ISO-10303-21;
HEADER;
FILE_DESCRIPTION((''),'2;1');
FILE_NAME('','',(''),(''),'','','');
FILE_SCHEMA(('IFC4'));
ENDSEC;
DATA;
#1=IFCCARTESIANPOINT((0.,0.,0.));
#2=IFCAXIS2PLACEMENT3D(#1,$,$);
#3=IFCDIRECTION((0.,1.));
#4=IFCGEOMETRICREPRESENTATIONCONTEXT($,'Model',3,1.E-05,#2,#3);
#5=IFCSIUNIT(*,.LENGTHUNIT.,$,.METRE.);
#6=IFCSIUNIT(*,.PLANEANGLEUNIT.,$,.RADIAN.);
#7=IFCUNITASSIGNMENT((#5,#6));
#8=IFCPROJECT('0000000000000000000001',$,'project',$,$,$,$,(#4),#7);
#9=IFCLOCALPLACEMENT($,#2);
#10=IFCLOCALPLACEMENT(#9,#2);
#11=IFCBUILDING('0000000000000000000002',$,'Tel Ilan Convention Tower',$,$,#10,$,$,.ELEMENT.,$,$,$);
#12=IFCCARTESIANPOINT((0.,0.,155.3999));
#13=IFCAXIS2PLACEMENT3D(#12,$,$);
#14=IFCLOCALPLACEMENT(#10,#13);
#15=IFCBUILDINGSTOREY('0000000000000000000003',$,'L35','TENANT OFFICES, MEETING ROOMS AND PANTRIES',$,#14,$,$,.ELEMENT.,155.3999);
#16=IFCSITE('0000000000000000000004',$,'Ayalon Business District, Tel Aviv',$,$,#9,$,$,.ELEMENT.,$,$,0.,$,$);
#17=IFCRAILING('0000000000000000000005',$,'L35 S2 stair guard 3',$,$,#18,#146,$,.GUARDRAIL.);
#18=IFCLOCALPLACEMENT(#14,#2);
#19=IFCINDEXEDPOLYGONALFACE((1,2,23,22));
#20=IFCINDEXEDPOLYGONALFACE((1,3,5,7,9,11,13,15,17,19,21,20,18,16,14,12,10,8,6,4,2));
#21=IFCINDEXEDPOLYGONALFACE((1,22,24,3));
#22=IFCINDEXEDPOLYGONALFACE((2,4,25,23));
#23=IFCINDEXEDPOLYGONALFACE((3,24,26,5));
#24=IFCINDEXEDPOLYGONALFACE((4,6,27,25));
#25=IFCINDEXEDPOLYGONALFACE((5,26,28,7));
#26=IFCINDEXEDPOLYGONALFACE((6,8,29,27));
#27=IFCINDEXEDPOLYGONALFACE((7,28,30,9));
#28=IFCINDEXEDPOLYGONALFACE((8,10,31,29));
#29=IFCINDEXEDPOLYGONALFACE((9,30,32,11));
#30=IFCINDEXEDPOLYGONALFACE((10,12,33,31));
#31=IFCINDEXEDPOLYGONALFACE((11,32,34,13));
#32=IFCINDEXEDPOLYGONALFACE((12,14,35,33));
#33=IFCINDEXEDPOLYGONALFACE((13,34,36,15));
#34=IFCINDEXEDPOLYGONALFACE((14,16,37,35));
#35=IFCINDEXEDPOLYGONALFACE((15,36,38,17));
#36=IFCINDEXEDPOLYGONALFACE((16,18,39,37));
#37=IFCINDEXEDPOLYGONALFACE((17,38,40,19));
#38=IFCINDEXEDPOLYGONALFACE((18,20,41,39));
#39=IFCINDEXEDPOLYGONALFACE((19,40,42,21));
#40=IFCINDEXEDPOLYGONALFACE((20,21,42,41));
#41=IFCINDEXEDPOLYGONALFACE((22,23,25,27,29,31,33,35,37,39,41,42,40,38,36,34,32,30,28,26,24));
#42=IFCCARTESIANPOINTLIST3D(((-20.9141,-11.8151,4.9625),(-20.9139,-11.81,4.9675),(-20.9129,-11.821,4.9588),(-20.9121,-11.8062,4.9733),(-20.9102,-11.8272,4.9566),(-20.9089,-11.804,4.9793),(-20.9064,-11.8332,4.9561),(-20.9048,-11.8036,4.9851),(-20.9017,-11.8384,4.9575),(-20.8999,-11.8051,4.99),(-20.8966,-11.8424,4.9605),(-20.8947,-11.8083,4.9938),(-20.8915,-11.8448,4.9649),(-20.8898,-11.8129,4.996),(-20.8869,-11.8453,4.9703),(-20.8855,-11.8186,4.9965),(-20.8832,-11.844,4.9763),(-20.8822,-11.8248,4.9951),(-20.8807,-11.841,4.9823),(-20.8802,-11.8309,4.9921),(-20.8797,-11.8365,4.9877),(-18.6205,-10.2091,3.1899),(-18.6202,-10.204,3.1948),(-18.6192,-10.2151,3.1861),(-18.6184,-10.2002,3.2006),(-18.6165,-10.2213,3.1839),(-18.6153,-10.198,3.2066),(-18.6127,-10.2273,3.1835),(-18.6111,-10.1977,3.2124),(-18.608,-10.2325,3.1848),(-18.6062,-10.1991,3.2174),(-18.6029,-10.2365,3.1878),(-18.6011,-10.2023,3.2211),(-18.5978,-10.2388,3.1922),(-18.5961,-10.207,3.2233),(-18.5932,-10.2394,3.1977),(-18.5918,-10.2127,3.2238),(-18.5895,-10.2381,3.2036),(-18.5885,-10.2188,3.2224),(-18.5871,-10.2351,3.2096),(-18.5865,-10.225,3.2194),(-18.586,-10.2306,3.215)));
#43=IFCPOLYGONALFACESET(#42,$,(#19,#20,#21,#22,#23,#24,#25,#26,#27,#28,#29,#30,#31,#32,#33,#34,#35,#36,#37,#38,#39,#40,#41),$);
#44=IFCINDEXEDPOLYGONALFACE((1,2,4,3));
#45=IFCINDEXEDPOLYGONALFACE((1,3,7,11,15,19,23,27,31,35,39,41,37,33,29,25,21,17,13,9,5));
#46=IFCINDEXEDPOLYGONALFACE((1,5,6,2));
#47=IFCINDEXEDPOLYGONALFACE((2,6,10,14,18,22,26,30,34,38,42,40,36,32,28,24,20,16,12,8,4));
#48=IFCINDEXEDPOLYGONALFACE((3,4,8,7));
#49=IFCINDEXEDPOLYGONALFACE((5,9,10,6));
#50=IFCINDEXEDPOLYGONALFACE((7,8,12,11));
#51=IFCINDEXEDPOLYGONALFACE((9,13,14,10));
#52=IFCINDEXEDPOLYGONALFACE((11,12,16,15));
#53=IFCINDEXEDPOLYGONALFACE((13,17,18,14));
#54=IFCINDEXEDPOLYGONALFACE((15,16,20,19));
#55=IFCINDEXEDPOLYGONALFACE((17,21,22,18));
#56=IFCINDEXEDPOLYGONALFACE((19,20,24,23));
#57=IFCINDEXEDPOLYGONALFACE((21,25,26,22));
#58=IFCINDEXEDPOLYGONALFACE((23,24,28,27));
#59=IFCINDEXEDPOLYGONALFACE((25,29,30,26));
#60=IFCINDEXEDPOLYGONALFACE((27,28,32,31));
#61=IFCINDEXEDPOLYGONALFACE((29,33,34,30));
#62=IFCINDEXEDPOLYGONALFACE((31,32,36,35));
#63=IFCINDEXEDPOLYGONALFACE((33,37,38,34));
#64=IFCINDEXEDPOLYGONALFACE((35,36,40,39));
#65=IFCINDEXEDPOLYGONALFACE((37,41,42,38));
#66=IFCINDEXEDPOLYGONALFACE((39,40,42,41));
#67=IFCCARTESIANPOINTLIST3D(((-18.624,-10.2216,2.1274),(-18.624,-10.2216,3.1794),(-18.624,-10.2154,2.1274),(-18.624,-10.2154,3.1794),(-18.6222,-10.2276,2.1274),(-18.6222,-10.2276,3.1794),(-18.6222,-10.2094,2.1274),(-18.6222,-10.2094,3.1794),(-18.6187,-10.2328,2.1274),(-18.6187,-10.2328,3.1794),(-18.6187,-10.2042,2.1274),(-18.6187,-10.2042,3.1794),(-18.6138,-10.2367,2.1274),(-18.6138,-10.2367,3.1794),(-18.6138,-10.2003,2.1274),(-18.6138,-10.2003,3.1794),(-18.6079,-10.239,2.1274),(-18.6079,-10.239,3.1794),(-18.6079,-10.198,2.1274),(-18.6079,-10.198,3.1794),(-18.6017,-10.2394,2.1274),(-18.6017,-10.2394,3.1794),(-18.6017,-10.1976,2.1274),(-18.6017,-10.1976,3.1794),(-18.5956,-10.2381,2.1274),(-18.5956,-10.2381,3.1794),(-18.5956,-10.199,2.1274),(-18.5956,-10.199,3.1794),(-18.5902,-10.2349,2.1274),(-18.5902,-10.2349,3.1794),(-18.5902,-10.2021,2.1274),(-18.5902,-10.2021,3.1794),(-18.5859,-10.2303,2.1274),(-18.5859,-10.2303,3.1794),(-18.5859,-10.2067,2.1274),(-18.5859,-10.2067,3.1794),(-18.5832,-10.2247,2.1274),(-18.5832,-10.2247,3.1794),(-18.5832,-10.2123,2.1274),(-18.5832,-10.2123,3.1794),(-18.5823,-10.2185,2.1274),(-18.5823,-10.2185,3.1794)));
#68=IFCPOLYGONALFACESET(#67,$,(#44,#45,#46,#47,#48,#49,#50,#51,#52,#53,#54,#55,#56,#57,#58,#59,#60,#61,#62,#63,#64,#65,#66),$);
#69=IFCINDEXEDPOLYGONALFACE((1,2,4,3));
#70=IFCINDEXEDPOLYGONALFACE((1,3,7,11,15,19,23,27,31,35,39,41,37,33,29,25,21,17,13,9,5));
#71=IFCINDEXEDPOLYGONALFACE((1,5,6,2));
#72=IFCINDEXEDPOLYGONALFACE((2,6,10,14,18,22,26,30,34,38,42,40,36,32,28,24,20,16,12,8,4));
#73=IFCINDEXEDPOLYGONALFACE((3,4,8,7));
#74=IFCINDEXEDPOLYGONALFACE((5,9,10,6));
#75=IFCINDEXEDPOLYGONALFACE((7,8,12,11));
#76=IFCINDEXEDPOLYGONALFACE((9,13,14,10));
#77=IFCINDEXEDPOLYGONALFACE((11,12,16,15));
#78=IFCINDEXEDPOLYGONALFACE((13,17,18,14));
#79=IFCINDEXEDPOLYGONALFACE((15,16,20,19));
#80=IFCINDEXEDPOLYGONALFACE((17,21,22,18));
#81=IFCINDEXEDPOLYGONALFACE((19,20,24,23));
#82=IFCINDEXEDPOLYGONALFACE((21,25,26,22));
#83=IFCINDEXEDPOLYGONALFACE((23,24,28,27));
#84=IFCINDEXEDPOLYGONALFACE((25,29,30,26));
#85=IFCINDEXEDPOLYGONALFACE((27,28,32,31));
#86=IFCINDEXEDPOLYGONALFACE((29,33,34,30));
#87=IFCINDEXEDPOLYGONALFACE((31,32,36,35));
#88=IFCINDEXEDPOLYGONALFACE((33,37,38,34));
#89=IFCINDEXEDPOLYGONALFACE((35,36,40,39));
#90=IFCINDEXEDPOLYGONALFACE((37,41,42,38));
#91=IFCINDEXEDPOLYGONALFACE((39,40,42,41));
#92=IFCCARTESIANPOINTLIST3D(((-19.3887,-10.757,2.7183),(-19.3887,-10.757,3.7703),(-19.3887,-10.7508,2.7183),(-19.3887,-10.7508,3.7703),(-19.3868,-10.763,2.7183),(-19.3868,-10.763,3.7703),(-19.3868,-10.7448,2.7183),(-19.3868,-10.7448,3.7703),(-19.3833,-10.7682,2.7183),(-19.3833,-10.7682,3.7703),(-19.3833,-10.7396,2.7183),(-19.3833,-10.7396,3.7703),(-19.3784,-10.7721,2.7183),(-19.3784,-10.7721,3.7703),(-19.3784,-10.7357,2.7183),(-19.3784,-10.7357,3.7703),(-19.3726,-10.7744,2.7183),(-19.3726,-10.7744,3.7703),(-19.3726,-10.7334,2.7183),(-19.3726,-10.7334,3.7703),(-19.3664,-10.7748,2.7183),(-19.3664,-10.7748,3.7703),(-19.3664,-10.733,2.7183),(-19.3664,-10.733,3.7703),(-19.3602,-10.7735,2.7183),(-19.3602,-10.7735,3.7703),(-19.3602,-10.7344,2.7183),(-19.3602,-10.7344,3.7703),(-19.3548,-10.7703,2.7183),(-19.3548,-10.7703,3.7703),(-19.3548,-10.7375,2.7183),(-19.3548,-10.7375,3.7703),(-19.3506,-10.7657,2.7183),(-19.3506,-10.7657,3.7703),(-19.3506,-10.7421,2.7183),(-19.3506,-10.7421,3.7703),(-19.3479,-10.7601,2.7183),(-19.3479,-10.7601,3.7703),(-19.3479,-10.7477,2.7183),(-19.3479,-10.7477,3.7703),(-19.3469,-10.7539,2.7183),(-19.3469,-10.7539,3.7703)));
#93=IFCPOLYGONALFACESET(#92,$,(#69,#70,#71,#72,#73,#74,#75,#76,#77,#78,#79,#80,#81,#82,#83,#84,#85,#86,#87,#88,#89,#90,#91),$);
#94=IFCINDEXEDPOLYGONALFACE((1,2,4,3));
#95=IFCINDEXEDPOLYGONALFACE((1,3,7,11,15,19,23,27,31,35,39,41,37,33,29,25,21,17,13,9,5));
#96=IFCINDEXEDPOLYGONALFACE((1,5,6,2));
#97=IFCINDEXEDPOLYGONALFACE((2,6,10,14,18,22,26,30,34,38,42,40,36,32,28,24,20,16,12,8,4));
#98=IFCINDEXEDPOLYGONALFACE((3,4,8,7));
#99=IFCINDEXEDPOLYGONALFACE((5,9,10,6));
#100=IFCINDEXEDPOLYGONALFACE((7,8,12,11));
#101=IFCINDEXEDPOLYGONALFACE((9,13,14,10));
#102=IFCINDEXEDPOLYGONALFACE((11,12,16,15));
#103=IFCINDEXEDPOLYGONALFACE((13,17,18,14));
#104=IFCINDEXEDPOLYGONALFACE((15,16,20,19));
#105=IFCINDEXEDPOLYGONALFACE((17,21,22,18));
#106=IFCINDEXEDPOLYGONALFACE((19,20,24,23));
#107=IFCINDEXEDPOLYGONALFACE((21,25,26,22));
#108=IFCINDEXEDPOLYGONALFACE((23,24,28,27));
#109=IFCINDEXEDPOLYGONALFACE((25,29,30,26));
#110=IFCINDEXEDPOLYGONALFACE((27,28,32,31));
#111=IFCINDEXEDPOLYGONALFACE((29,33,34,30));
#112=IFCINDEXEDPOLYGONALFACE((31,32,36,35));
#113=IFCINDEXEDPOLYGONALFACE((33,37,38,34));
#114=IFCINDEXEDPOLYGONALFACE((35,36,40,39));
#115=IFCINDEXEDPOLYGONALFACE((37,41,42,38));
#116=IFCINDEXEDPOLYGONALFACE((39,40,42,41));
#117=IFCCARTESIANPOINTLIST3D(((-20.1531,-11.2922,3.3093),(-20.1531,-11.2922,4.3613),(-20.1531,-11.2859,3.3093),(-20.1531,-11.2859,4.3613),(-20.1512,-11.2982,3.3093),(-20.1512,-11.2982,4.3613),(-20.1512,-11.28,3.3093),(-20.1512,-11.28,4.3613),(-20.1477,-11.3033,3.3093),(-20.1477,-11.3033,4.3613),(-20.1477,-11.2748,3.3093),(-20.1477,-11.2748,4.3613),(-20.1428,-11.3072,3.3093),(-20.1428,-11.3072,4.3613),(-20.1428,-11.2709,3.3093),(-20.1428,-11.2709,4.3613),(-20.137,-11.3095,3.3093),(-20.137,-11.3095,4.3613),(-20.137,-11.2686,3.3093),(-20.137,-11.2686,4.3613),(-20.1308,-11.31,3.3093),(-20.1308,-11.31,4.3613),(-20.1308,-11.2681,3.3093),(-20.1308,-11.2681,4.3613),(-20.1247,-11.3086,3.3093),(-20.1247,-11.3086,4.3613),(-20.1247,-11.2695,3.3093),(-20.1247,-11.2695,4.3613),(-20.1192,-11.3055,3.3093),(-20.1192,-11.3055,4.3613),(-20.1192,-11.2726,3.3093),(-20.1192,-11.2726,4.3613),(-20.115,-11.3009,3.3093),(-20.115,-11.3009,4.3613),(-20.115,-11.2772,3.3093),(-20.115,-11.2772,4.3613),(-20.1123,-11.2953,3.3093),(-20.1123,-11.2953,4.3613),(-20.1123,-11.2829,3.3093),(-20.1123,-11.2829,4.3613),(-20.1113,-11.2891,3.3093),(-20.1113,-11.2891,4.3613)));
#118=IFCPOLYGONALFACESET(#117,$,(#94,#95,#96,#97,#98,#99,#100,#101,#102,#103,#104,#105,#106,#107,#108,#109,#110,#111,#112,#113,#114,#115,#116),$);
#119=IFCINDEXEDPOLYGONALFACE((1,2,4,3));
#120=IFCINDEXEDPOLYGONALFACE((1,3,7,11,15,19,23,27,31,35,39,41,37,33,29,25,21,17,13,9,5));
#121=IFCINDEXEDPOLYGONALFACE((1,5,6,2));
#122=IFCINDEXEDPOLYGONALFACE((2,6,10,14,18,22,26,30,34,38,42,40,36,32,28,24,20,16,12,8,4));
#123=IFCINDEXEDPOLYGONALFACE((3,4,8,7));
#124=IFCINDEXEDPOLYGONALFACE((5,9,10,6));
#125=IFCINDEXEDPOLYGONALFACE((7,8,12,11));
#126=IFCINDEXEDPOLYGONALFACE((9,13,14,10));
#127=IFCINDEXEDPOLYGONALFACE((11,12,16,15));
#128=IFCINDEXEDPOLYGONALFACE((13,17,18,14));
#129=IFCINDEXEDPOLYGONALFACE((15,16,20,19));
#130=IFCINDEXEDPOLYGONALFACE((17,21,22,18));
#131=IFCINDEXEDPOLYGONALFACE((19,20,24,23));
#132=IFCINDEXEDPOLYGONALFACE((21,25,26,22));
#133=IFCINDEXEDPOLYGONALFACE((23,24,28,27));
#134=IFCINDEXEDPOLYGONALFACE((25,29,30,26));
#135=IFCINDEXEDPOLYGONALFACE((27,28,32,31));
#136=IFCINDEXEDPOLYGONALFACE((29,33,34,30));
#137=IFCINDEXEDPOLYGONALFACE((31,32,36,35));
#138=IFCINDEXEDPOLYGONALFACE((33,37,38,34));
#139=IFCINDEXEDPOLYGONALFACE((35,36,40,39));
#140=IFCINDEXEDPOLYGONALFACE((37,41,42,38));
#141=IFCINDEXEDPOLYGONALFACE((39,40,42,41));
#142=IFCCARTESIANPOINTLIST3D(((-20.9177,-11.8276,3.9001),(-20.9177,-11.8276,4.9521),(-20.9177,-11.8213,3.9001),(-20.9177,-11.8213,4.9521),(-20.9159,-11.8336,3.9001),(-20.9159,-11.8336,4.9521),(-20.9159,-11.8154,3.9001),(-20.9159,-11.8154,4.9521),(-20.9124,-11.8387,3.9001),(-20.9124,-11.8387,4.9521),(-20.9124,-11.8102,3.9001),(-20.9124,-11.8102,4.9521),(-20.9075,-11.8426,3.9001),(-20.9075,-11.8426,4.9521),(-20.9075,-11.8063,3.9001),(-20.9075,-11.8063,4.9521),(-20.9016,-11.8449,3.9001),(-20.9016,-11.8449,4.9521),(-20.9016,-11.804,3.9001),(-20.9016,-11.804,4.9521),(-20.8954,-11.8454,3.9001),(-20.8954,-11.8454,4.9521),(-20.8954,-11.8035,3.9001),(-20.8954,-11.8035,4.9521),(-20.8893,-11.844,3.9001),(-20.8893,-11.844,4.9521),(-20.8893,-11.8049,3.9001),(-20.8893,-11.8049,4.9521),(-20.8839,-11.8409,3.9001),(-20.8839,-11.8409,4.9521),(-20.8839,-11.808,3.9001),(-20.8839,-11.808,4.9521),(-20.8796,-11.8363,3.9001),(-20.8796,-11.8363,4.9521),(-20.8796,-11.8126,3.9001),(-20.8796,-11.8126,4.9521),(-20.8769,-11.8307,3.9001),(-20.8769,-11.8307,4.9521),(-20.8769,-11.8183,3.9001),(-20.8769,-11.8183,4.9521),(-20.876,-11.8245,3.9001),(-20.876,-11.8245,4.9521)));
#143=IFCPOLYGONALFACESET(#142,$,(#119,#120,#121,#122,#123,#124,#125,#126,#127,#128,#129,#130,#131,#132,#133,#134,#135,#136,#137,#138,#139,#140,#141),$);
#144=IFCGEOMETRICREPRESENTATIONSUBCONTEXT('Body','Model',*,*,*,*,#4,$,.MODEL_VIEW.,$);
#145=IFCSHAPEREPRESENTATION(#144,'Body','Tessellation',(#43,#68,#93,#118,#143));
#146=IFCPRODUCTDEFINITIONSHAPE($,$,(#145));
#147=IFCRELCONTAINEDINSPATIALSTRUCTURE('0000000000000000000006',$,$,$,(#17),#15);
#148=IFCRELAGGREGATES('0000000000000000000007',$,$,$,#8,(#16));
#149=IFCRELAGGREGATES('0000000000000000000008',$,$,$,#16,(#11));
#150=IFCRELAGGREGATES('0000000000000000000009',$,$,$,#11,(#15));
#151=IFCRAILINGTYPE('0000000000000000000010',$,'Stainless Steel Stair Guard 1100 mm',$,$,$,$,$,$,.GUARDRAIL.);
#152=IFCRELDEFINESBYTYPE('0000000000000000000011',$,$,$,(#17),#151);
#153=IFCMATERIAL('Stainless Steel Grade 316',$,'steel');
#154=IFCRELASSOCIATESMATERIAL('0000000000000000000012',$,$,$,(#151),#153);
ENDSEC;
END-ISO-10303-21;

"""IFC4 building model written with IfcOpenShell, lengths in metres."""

from ifc_helpers import new_model, si_unit, direction, frame, origin, origin_2d, place, context, subcontext, project, spatial, circle, extrude, material, type_object, element, save


model = new_model("IFC4")

# Units and contexts
model_context = context("Model", 3, precision=1e-05, world=origin(), true_north=direction((0.0, 1.0)))
body_context = subcontext(model_context, "Body", "Model", "MODEL_VIEW")
ifc_project = project(units=[si_unit("LENGTHUNIT", "METRE"), si_unit("PLANEANGLEUNIT", "RADIAN")], contexts=[model_context])

# Site, building, storey
site_placement = place(None, origin())
site = spatial("IfcSite", under=ifc_project, at=site_placement, Name="Ayalon Business District, Tel Aviv", CompositionType="ELEMENT", RefElevation=0.0)
building_placement = place(site_placement, origin())
building = spatial("IfcBuilding", under=site, at=building_placement, Name="Tel Ilan Convention Tower", CompositionType="ELEMENT")
storey_placement = place(building_placement, frame((0.0, 0.0, 155.3999)))
storey = spatial("IfcBuildingStorey", under=building, at=storey_placement, Name="L35", Description="TENANT OFFICES, MEETING ROOMS AND PANTRIES", CompositionType="ELEMENT", Elevation=155.3999)

# Railing
ifc_material_1 = material(Name="Stainless Steel Grade 316", Category="steel")
railing_type_1 = type_object("IfcRailingType", Name="Stainless Steel Stair Guard 1100 mm", PredefinedType="GUARDRAIL", material=ifc_material_1)
railing_1_placement = place(storey_placement, frame((-18.6033, -10.2185, 2.1274)))
element("IfcRailing", 1, at=railing_1_placement, inside=storey, type_object=railing_type_1, Name="L35 S2 stair guard 3", PredefinedType="GUARDRAIL", context=body_context, shape_type="SweptSolid", body=[
    extrude(circle(Radius=0.0239, at=origin_2d()), frame((0.0, 0.0, 1.0762), z_axis=(-0.692123, -0.484597, 0.534913), x_axis=(0.57355, -0.81917, 0.0)), (0.0, 0.0, 1.0), 3.314),
    extrude(circle(Radius=0.021, at=origin_2d()), origin(), (0.0, 0.0, 1.0), 1.052),
    extrude(circle(Radius=0.021, at=origin_2d()), frame((-0.7646, -0.5354, 0.5908)), (0.0, 0.0, 1.0), 1.052),
    extrude(circle(Radius=0.021, at=origin_2d()), frame((-1.5291, -1.0706, 1.1819)), (0.0, 0.0, 1.0), 1.052),
    extrude(circle(Radius=0.021, at=origin_2d()), frame((-2.2937, -1.606, 1.7727)), (0.0, 0.0, 1.0), 1.052),
])

save(model, "model.ifc")
